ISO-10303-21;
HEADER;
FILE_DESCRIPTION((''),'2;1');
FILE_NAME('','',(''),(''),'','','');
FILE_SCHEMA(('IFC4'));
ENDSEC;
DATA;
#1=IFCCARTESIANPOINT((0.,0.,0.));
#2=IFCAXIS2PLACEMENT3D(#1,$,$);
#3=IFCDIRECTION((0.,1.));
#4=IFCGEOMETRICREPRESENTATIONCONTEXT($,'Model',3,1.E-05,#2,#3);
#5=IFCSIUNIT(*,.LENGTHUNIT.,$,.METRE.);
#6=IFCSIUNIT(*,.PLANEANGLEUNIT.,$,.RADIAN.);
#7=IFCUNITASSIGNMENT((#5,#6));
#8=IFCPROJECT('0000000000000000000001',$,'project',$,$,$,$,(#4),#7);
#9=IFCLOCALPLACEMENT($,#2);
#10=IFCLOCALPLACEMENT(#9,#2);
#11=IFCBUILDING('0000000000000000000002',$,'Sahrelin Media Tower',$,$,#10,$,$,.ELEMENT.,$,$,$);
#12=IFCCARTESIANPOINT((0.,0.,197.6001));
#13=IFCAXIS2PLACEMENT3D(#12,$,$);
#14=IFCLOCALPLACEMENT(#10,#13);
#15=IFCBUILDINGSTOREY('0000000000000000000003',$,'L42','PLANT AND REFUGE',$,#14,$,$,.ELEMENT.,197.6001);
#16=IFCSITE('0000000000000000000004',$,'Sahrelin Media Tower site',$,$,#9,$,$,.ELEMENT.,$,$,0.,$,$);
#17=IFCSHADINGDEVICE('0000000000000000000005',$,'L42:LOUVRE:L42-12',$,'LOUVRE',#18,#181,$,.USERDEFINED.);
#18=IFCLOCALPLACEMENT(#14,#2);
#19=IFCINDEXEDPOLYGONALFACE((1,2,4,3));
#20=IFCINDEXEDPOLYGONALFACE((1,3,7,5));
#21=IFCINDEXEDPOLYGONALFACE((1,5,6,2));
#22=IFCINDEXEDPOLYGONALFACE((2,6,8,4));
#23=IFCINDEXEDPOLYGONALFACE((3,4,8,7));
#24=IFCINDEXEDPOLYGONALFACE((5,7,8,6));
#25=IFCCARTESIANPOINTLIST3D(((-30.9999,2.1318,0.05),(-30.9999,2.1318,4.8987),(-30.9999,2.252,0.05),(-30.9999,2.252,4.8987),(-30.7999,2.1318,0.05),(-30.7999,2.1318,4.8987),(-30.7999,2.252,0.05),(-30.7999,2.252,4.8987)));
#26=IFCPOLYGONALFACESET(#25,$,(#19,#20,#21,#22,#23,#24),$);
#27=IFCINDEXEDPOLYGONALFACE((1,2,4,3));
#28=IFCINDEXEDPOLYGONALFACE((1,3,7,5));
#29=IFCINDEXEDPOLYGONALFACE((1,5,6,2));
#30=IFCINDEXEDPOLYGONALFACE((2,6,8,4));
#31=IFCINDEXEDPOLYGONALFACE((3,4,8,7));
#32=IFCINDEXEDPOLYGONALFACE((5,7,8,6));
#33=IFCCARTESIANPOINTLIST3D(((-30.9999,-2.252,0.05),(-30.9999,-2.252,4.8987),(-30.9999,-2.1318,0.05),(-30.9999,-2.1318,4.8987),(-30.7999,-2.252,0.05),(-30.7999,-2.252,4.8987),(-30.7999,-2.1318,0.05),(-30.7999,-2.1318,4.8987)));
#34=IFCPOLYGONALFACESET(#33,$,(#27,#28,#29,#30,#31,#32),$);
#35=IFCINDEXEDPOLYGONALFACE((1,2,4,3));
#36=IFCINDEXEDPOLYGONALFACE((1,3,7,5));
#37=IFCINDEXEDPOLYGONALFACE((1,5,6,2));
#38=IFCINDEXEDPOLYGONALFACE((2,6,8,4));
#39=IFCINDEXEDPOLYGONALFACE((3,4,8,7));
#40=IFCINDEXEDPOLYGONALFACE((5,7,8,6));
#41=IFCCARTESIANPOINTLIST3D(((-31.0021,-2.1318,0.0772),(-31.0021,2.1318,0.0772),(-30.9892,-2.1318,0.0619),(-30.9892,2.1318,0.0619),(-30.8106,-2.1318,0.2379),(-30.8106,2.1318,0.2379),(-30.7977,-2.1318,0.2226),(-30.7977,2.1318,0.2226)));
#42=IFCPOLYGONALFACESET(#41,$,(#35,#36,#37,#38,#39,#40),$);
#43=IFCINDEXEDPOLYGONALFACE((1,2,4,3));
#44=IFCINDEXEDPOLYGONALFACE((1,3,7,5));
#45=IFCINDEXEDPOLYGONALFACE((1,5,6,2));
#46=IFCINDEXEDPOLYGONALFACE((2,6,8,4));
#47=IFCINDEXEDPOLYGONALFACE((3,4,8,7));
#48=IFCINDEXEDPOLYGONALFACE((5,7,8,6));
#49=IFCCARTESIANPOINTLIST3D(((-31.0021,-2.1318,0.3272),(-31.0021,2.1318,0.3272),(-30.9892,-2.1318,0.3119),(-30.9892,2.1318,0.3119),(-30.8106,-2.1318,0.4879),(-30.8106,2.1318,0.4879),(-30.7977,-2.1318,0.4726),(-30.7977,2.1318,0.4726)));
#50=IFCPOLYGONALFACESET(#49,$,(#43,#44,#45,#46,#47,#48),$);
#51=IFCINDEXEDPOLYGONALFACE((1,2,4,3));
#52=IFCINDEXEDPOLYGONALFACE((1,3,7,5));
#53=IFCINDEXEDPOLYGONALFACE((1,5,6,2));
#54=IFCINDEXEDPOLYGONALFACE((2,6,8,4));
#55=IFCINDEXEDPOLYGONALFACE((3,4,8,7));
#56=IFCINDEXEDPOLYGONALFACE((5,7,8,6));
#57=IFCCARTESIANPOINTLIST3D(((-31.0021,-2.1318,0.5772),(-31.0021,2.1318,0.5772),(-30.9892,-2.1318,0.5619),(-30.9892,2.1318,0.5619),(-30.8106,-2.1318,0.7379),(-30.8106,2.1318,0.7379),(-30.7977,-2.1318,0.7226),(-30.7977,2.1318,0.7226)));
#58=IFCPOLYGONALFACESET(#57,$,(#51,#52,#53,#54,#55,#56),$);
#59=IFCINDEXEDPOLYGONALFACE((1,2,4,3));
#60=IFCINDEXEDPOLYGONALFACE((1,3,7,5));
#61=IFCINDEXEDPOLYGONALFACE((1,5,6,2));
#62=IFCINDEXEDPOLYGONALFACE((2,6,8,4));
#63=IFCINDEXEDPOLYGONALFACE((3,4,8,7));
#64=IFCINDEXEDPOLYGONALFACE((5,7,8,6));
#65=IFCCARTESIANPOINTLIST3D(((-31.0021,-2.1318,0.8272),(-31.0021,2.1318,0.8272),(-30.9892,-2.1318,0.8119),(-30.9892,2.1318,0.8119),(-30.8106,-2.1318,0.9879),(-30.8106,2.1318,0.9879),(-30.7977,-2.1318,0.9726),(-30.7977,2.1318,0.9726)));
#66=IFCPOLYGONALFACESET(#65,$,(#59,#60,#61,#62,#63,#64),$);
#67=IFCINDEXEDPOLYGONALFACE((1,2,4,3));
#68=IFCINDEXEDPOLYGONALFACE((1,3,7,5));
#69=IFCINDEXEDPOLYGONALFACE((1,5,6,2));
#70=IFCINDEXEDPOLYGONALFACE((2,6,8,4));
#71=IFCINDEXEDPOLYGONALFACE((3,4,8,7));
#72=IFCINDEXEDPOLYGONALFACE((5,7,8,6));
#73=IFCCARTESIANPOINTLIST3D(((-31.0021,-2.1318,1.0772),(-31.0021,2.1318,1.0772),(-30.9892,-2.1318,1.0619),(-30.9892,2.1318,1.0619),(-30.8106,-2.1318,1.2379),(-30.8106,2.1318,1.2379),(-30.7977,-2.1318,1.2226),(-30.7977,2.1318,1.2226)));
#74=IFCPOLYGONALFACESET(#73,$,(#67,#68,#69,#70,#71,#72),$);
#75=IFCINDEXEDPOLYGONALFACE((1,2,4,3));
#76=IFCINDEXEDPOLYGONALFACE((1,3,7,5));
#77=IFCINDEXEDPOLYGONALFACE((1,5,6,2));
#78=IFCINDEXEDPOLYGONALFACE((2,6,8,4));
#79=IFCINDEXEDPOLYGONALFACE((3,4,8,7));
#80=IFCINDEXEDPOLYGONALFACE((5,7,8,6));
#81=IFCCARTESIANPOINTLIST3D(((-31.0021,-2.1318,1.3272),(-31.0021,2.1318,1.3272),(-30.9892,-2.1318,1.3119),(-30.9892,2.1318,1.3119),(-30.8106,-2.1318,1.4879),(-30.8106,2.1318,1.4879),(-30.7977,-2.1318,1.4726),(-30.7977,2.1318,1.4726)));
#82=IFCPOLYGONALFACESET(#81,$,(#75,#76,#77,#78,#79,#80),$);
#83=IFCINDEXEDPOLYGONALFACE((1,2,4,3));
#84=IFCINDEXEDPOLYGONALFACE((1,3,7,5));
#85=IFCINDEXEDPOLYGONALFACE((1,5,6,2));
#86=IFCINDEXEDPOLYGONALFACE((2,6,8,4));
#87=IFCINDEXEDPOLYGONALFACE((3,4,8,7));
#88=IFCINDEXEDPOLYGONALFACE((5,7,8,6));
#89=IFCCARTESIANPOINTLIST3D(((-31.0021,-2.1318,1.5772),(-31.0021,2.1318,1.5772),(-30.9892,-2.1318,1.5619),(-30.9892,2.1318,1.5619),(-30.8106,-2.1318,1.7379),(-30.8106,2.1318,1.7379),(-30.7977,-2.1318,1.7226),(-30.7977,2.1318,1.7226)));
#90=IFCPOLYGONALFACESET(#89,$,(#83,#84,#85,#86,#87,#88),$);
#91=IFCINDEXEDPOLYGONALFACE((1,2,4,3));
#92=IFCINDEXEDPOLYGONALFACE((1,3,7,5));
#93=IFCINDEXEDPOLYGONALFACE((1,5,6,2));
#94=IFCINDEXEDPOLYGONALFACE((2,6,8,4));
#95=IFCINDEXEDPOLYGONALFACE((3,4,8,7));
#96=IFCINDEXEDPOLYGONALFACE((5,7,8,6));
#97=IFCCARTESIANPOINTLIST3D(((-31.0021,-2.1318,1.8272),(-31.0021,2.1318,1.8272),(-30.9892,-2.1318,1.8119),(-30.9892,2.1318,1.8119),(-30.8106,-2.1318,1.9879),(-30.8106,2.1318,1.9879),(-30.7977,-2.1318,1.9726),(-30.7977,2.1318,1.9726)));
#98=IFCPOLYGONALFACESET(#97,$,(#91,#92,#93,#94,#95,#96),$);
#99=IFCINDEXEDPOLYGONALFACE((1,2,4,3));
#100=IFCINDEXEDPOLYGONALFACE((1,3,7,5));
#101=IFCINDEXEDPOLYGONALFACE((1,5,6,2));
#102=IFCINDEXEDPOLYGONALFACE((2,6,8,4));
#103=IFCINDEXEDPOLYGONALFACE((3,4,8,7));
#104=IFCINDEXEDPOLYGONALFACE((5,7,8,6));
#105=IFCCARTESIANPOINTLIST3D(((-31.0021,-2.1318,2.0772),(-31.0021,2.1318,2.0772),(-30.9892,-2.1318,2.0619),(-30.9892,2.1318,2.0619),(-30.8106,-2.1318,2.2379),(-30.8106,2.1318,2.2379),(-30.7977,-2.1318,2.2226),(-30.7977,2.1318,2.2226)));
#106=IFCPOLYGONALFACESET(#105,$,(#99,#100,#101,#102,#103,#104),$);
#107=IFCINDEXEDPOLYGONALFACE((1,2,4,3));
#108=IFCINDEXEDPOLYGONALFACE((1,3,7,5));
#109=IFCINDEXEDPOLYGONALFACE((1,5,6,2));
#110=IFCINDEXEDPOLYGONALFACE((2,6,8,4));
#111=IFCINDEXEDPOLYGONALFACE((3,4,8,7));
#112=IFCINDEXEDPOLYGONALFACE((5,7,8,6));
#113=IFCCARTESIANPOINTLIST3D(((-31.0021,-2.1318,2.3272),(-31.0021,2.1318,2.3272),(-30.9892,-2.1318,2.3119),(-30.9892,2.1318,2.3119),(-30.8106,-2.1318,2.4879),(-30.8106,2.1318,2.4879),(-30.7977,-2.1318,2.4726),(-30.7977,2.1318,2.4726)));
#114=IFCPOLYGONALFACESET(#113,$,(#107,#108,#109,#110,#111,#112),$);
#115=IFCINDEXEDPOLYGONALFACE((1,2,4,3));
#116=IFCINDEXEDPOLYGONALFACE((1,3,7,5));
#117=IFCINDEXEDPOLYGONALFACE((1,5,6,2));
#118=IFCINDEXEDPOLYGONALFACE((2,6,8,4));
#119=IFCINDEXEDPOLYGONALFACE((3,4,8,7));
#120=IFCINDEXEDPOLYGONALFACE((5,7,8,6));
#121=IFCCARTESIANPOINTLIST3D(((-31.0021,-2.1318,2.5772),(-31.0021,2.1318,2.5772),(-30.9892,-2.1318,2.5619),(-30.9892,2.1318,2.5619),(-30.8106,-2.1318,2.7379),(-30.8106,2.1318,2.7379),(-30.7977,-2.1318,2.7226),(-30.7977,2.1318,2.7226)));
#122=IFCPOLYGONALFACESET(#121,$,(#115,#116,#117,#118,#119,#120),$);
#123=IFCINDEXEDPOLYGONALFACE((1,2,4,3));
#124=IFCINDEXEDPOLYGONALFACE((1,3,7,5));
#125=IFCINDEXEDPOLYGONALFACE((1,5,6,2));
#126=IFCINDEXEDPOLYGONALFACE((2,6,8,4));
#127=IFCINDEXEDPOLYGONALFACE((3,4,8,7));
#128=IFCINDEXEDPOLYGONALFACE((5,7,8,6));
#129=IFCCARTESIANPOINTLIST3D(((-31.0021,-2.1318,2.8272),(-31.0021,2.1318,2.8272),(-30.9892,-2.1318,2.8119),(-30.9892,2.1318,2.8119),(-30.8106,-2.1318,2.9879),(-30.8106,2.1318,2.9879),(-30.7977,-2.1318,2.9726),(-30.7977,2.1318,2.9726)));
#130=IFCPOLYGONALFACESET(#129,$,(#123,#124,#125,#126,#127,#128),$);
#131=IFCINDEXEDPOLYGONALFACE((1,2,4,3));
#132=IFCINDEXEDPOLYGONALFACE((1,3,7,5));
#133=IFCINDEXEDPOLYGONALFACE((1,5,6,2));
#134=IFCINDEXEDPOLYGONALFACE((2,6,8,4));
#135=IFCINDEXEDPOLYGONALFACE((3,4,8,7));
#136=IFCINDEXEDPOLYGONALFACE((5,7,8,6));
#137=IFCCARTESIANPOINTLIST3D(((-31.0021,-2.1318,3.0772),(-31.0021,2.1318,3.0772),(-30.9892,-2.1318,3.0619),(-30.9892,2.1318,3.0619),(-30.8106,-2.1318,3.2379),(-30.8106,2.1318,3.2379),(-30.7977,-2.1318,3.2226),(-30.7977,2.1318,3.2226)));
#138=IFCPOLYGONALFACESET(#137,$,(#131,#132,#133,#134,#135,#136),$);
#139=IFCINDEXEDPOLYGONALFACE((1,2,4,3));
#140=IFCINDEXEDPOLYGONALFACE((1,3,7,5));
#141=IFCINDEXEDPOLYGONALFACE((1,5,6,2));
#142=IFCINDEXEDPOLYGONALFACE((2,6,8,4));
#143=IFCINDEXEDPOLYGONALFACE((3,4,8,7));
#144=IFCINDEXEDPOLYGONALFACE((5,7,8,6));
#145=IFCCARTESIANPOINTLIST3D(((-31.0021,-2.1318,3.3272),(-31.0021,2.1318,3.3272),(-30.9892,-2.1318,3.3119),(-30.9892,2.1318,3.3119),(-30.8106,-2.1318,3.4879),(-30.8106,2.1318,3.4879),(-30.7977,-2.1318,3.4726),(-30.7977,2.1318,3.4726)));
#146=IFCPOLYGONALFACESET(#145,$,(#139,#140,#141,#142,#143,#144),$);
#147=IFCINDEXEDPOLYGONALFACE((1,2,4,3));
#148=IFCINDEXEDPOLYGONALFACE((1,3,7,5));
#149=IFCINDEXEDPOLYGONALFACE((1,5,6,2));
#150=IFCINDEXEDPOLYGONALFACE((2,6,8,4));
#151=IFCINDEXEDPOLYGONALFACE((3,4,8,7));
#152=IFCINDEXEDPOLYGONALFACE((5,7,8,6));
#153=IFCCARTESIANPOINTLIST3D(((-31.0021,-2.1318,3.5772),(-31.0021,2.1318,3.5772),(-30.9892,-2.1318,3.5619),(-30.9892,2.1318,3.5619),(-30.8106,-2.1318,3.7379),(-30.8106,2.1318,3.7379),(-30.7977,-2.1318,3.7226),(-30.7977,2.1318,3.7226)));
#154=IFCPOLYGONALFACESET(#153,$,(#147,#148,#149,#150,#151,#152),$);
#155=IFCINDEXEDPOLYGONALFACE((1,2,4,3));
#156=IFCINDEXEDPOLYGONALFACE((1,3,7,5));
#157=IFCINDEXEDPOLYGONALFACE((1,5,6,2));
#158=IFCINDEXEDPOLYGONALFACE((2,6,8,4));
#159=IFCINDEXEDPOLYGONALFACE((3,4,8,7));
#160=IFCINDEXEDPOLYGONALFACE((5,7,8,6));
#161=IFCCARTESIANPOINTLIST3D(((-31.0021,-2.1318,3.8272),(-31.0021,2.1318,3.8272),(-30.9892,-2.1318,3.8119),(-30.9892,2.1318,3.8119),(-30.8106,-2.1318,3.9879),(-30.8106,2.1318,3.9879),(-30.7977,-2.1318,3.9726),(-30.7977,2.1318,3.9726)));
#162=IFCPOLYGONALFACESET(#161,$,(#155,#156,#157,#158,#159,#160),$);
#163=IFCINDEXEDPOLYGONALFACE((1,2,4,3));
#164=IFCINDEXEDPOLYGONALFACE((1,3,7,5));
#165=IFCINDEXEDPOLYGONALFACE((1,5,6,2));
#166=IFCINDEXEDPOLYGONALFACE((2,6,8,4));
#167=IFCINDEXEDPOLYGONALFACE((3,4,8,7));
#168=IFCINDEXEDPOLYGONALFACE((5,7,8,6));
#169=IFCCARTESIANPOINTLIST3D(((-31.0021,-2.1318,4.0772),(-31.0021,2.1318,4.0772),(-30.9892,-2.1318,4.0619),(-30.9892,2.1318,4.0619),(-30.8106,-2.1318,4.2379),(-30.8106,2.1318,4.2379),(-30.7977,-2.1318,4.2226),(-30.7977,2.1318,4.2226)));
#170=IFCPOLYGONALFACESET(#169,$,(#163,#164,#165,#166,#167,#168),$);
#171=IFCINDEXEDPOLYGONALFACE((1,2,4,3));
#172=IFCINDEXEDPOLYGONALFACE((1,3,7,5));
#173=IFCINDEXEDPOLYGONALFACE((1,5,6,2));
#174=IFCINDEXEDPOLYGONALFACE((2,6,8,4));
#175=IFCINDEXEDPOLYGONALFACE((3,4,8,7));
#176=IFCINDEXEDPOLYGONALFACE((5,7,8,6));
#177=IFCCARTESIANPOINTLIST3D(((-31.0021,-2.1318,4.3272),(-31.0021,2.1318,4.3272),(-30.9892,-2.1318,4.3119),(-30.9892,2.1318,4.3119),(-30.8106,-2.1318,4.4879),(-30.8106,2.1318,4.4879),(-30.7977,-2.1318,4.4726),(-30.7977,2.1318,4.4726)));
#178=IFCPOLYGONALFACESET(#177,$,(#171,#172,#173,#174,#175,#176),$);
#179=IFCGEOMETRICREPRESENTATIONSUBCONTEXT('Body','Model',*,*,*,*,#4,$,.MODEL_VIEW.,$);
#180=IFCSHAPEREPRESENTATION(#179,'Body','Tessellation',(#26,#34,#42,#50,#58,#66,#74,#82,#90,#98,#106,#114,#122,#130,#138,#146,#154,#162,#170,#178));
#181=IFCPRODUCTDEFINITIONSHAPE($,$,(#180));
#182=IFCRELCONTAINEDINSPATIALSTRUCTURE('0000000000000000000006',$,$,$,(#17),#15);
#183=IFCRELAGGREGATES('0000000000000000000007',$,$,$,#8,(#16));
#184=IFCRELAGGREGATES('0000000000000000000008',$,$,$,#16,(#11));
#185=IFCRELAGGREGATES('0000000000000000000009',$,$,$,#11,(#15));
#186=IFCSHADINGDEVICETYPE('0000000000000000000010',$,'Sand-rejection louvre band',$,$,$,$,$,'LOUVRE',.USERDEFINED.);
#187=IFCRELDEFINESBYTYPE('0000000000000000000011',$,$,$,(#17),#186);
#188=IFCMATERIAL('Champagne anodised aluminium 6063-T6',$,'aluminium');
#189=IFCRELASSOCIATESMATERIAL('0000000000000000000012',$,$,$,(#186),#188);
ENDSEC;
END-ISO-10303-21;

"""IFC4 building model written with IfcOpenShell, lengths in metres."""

from ifc_helpers import new_model, si_unit, direction, frame, origin, origin_2d, place, context, subcontext, project, spatial, rectangle, extrude, material, type_object, element, save


model = new_model("IFC4")

# Units and contexts
model_context = context("Model", 3, precision=1e-05, world=origin(), true_north=direction((0.0, 1.0)))
body_context = subcontext(model_context, "Body", "Model", "MODEL_VIEW")
ifc_project = project(units=[si_unit("LENGTHUNIT", "METRE"), si_unit("PLANEANGLEUNIT", "RADIAN")], contexts=[model_context])

# Site, building, storey
site_placement = place(None, origin())
site = spatial("IfcSite", under=ifc_project, at=site_placement, Name="Sahrelin Media Tower site", CompositionType="ELEMENT", RefElevation=0.0)
building_placement = place(site_placement, origin())
building = spatial("IfcBuilding", under=site, at=building_placement, Name="Sahrelin Media Tower", CompositionType="ELEMENT")
storey_placement = place(building_placement, frame((0.0, 0.0, 197.6001)))
storey = spatial("IfcBuildingStorey", under=building, at=storey_placement, Name="L42", Description="PLANT AND REFUGE", CompositionType="ELEMENT", Elevation=197.6001)

# Shading device
ifc_material_1 = material(Name="Champagne anodised aluminium 6063-T6", Category="aluminium")
shading_device_type = type_object("IfcShadingDeviceType", Name="Sand-rejection louvre band", ElementType="LOUVRE", PredefinedType="USERDEFINED", material=ifc_material_1)
shading_device_1_placement = place(storey_placement, frame((-30.7998, 0.0, 0.0), z_axis=(0.0, 0.0, 1.0), x_axis=(0.0, 1.0, 0.0)))
element("IfcShadingDevice", 1, at=shading_device_1_placement, inside=storey, type_object=shading_device_type, Name="L42:LOUVRE:L42-12", ObjectType="LOUVRE", PredefinedType="USERDEFINED", context=body_context, shape_type="SweptSolid", body=[
    extrude(rectangle(XDim=0.1201, YDim=0.2, at=origin_2d()), frame((2.1919, 0.1001, 0.05), z_axis=(0.0, 0.0, 1.0), x_axis=(1.0, 0.0, 0.0)), (0.0, 0.0, 1.0), 4.8486),
    extrude(rectangle(XDim=0.1201, YDim=0.2, at=origin_2d()), frame((-2.1919, 0.1001, 0.05), z_axis=(0.0, 0.0, 1.0), x_axis=(1.0, 0.0, 0.0)), (0.0, 0.0, 1.0), 4.8486),
    extrude(rectangle(XDim=0.25, YDim=0.02, at=origin_2d()), frame((2.1318, 0.1001, 0.1499), z_axis=(-1.0, 0.0, 0.0), x_axis=(0.0, -0.766044, 0.642788)), (0.0, 0.0, 1.0), 4.2637),
    extrude(rectangle(XDim=0.25, YDim=0.02, at=origin_2d()), frame((2.1318, 0.1001, 0.3999), z_axis=(-1.0, 0.0, 0.0), x_axis=(0.0, -0.766044, 0.642788)), (0.0, 0.0, 1.0), 4.2637),
    extrude(rectangle(XDim=0.25, YDim=0.02, at=origin_2d()), frame((2.1318, 0.1001, 0.6499), z_axis=(-1.0, 0.0, 0.0), x_axis=(0.0, -0.766044, 0.642788)), (0.0, 0.0, 1.0), 4.2637),
    extrude(rectangle(XDim=0.25, YDim=0.02, at=origin_2d()), frame((2.1318, 0.1001, 0.8999), z_axis=(-1.0, 0.0, 0.0), x_axis=(0.0, -0.766044, 0.642788)), (0.0, 0.0, 1.0), 4.2637),
    extrude(rectangle(XDim=0.25, YDim=0.02, at=origin_2d()), frame((2.1318, 0.1001, 1.1499), z_axis=(-1.0, 0.0, 0.0), x_axis=(0.0, -0.766044, 0.642788)), (0.0, 0.0, 1.0), 4.2637),
    extrude(rectangle(XDim=0.25, YDim=0.02, at=origin_2d()), frame((2.1318, 0.1001, 1.3999), z_axis=(-1.0, 0.0, 0.0), x_axis=(0.0, -0.766044, 0.642788)), (0.0, 0.0, 1.0), 4.2637),
    extrude(rectangle(XDim=0.25, YDim=0.02, at=origin_2d()), frame((2.1318, 0.1001, 1.6499), z_axis=(-1.0, 0.0, 0.0), x_axis=(0.0, -0.766044, 0.642788)), (0.0, 0.0, 1.0), 4.2637),
    extrude(rectangle(XDim=0.25, YDim=0.02, at=origin_2d()), frame((2.1318, 0.1001, 1.8999), z_axis=(-1.0, 0.0, 0.0), x_axis=(0.0, -0.766044, 0.642788)), (0.0, 0.0, 1.0), 4.2637),
    extrude(rectangle(XDim=0.25, YDim=0.02, at=origin_2d()), frame((2.1318, 0.1001, 2.1499), z_axis=(-1.0, 0.0, 0.0), x_axis=(0.0, -0.766044, 0.642788)), (0.0, 0.0, 1.0), 4.2637),
    extrude(rectangle(XDim=0.25, YDim=0.02, at=origin_2d()), frame((2.1318, 0.1001, 2.3999), z_axis=(-1.0, 0.0, 0.0), x_axis=(0.0, -0.766044, 0.642788)), (0.0, 0.0, 1.0), 4.2637),
    extrude(rectangle(XDim=0.25, YDim=0.02, at=origin_2d()), frame((2.1318, 0.1001, 2.6499), z_axis=(-1.0, 0.0, 0.0), x_axis=(0.0, -0.766044, 0.642788)), (0.0, 0.0, 1.0), 4.2637),
    extrude(rectangle(XDim=0.25, YDim=0.02, at=origin_2d()), frame((2.1318, 0.1001, 2.8999), z_axis=(-1.0, 0.0, 0.0), x_axis=(0.0, -0.766044, 0.642788)), (0.0, 0.0, 1.0), 4.2637),
    extrude(rectangle(XDim=0.25, YDim=0.02, at=origin_2d()), frame((2.1318, 0.1001, 3.1499), z_axis=(-1.0, 0.0, 0.0), x_axis=(0.0, -0.766044, 0.642788)), (0.0, 0.0, 1.0), 4.2637),
    extrude(rectangle(XDim=0.25, YDim=0.02, at=origin_2d()), frame((2.1318, 0.1001, 3.3999), z_axis=(-1.0, 0.0, 0.0), x_axis=(0.0, -0.766044, 0.642788)), (0.0, 0.0, 1.0), 4.2637),
    extrude(rectangle(XDim=0.25, YDim=0.02, at=origin_2d()), frame((2.1318, 0.1001, 3.6499), z_axis=(-1.0, 0.0, 0.0), x_axis=(0.0, -0.766044, 0.642788)), (0.0, 0.0, 1.0), 4.2637),
    extrude(rectangle(XDim=0.25, YDim=0.02, at=origin_2d()), frame((2.1318, 0.1001, 3.8999), z_axis=(-1.0, 0.0, 0.0), x_axis=(0.0, -0.766044, 0.642788)), (0.0, 0.0, 1.0), 4.2637),
    extrude(rectangle(XDim=0.25, YDim=0.02, at=origin_2d()), frame((2.1318, 0.1001, 4.1499), z_axis=(-1.0, 0.0, 0.0), x_axis=(0.0, -0.766044, 0.642788)), (0.0, 0.0, 1.0), 4.2637),
    extrude(rectangle(XDim=0.25, YDim=0.02, at=origin_2d()), frame((2.1318, 0.1001, 4.3999), z_axis=(-1.0, 0.0, 0.0), x_axis=(0.0, -0.766044, 0.642788)), (0.0, 0.0, 1.0), 4.2637),
])

save(model, "model.ifc")
